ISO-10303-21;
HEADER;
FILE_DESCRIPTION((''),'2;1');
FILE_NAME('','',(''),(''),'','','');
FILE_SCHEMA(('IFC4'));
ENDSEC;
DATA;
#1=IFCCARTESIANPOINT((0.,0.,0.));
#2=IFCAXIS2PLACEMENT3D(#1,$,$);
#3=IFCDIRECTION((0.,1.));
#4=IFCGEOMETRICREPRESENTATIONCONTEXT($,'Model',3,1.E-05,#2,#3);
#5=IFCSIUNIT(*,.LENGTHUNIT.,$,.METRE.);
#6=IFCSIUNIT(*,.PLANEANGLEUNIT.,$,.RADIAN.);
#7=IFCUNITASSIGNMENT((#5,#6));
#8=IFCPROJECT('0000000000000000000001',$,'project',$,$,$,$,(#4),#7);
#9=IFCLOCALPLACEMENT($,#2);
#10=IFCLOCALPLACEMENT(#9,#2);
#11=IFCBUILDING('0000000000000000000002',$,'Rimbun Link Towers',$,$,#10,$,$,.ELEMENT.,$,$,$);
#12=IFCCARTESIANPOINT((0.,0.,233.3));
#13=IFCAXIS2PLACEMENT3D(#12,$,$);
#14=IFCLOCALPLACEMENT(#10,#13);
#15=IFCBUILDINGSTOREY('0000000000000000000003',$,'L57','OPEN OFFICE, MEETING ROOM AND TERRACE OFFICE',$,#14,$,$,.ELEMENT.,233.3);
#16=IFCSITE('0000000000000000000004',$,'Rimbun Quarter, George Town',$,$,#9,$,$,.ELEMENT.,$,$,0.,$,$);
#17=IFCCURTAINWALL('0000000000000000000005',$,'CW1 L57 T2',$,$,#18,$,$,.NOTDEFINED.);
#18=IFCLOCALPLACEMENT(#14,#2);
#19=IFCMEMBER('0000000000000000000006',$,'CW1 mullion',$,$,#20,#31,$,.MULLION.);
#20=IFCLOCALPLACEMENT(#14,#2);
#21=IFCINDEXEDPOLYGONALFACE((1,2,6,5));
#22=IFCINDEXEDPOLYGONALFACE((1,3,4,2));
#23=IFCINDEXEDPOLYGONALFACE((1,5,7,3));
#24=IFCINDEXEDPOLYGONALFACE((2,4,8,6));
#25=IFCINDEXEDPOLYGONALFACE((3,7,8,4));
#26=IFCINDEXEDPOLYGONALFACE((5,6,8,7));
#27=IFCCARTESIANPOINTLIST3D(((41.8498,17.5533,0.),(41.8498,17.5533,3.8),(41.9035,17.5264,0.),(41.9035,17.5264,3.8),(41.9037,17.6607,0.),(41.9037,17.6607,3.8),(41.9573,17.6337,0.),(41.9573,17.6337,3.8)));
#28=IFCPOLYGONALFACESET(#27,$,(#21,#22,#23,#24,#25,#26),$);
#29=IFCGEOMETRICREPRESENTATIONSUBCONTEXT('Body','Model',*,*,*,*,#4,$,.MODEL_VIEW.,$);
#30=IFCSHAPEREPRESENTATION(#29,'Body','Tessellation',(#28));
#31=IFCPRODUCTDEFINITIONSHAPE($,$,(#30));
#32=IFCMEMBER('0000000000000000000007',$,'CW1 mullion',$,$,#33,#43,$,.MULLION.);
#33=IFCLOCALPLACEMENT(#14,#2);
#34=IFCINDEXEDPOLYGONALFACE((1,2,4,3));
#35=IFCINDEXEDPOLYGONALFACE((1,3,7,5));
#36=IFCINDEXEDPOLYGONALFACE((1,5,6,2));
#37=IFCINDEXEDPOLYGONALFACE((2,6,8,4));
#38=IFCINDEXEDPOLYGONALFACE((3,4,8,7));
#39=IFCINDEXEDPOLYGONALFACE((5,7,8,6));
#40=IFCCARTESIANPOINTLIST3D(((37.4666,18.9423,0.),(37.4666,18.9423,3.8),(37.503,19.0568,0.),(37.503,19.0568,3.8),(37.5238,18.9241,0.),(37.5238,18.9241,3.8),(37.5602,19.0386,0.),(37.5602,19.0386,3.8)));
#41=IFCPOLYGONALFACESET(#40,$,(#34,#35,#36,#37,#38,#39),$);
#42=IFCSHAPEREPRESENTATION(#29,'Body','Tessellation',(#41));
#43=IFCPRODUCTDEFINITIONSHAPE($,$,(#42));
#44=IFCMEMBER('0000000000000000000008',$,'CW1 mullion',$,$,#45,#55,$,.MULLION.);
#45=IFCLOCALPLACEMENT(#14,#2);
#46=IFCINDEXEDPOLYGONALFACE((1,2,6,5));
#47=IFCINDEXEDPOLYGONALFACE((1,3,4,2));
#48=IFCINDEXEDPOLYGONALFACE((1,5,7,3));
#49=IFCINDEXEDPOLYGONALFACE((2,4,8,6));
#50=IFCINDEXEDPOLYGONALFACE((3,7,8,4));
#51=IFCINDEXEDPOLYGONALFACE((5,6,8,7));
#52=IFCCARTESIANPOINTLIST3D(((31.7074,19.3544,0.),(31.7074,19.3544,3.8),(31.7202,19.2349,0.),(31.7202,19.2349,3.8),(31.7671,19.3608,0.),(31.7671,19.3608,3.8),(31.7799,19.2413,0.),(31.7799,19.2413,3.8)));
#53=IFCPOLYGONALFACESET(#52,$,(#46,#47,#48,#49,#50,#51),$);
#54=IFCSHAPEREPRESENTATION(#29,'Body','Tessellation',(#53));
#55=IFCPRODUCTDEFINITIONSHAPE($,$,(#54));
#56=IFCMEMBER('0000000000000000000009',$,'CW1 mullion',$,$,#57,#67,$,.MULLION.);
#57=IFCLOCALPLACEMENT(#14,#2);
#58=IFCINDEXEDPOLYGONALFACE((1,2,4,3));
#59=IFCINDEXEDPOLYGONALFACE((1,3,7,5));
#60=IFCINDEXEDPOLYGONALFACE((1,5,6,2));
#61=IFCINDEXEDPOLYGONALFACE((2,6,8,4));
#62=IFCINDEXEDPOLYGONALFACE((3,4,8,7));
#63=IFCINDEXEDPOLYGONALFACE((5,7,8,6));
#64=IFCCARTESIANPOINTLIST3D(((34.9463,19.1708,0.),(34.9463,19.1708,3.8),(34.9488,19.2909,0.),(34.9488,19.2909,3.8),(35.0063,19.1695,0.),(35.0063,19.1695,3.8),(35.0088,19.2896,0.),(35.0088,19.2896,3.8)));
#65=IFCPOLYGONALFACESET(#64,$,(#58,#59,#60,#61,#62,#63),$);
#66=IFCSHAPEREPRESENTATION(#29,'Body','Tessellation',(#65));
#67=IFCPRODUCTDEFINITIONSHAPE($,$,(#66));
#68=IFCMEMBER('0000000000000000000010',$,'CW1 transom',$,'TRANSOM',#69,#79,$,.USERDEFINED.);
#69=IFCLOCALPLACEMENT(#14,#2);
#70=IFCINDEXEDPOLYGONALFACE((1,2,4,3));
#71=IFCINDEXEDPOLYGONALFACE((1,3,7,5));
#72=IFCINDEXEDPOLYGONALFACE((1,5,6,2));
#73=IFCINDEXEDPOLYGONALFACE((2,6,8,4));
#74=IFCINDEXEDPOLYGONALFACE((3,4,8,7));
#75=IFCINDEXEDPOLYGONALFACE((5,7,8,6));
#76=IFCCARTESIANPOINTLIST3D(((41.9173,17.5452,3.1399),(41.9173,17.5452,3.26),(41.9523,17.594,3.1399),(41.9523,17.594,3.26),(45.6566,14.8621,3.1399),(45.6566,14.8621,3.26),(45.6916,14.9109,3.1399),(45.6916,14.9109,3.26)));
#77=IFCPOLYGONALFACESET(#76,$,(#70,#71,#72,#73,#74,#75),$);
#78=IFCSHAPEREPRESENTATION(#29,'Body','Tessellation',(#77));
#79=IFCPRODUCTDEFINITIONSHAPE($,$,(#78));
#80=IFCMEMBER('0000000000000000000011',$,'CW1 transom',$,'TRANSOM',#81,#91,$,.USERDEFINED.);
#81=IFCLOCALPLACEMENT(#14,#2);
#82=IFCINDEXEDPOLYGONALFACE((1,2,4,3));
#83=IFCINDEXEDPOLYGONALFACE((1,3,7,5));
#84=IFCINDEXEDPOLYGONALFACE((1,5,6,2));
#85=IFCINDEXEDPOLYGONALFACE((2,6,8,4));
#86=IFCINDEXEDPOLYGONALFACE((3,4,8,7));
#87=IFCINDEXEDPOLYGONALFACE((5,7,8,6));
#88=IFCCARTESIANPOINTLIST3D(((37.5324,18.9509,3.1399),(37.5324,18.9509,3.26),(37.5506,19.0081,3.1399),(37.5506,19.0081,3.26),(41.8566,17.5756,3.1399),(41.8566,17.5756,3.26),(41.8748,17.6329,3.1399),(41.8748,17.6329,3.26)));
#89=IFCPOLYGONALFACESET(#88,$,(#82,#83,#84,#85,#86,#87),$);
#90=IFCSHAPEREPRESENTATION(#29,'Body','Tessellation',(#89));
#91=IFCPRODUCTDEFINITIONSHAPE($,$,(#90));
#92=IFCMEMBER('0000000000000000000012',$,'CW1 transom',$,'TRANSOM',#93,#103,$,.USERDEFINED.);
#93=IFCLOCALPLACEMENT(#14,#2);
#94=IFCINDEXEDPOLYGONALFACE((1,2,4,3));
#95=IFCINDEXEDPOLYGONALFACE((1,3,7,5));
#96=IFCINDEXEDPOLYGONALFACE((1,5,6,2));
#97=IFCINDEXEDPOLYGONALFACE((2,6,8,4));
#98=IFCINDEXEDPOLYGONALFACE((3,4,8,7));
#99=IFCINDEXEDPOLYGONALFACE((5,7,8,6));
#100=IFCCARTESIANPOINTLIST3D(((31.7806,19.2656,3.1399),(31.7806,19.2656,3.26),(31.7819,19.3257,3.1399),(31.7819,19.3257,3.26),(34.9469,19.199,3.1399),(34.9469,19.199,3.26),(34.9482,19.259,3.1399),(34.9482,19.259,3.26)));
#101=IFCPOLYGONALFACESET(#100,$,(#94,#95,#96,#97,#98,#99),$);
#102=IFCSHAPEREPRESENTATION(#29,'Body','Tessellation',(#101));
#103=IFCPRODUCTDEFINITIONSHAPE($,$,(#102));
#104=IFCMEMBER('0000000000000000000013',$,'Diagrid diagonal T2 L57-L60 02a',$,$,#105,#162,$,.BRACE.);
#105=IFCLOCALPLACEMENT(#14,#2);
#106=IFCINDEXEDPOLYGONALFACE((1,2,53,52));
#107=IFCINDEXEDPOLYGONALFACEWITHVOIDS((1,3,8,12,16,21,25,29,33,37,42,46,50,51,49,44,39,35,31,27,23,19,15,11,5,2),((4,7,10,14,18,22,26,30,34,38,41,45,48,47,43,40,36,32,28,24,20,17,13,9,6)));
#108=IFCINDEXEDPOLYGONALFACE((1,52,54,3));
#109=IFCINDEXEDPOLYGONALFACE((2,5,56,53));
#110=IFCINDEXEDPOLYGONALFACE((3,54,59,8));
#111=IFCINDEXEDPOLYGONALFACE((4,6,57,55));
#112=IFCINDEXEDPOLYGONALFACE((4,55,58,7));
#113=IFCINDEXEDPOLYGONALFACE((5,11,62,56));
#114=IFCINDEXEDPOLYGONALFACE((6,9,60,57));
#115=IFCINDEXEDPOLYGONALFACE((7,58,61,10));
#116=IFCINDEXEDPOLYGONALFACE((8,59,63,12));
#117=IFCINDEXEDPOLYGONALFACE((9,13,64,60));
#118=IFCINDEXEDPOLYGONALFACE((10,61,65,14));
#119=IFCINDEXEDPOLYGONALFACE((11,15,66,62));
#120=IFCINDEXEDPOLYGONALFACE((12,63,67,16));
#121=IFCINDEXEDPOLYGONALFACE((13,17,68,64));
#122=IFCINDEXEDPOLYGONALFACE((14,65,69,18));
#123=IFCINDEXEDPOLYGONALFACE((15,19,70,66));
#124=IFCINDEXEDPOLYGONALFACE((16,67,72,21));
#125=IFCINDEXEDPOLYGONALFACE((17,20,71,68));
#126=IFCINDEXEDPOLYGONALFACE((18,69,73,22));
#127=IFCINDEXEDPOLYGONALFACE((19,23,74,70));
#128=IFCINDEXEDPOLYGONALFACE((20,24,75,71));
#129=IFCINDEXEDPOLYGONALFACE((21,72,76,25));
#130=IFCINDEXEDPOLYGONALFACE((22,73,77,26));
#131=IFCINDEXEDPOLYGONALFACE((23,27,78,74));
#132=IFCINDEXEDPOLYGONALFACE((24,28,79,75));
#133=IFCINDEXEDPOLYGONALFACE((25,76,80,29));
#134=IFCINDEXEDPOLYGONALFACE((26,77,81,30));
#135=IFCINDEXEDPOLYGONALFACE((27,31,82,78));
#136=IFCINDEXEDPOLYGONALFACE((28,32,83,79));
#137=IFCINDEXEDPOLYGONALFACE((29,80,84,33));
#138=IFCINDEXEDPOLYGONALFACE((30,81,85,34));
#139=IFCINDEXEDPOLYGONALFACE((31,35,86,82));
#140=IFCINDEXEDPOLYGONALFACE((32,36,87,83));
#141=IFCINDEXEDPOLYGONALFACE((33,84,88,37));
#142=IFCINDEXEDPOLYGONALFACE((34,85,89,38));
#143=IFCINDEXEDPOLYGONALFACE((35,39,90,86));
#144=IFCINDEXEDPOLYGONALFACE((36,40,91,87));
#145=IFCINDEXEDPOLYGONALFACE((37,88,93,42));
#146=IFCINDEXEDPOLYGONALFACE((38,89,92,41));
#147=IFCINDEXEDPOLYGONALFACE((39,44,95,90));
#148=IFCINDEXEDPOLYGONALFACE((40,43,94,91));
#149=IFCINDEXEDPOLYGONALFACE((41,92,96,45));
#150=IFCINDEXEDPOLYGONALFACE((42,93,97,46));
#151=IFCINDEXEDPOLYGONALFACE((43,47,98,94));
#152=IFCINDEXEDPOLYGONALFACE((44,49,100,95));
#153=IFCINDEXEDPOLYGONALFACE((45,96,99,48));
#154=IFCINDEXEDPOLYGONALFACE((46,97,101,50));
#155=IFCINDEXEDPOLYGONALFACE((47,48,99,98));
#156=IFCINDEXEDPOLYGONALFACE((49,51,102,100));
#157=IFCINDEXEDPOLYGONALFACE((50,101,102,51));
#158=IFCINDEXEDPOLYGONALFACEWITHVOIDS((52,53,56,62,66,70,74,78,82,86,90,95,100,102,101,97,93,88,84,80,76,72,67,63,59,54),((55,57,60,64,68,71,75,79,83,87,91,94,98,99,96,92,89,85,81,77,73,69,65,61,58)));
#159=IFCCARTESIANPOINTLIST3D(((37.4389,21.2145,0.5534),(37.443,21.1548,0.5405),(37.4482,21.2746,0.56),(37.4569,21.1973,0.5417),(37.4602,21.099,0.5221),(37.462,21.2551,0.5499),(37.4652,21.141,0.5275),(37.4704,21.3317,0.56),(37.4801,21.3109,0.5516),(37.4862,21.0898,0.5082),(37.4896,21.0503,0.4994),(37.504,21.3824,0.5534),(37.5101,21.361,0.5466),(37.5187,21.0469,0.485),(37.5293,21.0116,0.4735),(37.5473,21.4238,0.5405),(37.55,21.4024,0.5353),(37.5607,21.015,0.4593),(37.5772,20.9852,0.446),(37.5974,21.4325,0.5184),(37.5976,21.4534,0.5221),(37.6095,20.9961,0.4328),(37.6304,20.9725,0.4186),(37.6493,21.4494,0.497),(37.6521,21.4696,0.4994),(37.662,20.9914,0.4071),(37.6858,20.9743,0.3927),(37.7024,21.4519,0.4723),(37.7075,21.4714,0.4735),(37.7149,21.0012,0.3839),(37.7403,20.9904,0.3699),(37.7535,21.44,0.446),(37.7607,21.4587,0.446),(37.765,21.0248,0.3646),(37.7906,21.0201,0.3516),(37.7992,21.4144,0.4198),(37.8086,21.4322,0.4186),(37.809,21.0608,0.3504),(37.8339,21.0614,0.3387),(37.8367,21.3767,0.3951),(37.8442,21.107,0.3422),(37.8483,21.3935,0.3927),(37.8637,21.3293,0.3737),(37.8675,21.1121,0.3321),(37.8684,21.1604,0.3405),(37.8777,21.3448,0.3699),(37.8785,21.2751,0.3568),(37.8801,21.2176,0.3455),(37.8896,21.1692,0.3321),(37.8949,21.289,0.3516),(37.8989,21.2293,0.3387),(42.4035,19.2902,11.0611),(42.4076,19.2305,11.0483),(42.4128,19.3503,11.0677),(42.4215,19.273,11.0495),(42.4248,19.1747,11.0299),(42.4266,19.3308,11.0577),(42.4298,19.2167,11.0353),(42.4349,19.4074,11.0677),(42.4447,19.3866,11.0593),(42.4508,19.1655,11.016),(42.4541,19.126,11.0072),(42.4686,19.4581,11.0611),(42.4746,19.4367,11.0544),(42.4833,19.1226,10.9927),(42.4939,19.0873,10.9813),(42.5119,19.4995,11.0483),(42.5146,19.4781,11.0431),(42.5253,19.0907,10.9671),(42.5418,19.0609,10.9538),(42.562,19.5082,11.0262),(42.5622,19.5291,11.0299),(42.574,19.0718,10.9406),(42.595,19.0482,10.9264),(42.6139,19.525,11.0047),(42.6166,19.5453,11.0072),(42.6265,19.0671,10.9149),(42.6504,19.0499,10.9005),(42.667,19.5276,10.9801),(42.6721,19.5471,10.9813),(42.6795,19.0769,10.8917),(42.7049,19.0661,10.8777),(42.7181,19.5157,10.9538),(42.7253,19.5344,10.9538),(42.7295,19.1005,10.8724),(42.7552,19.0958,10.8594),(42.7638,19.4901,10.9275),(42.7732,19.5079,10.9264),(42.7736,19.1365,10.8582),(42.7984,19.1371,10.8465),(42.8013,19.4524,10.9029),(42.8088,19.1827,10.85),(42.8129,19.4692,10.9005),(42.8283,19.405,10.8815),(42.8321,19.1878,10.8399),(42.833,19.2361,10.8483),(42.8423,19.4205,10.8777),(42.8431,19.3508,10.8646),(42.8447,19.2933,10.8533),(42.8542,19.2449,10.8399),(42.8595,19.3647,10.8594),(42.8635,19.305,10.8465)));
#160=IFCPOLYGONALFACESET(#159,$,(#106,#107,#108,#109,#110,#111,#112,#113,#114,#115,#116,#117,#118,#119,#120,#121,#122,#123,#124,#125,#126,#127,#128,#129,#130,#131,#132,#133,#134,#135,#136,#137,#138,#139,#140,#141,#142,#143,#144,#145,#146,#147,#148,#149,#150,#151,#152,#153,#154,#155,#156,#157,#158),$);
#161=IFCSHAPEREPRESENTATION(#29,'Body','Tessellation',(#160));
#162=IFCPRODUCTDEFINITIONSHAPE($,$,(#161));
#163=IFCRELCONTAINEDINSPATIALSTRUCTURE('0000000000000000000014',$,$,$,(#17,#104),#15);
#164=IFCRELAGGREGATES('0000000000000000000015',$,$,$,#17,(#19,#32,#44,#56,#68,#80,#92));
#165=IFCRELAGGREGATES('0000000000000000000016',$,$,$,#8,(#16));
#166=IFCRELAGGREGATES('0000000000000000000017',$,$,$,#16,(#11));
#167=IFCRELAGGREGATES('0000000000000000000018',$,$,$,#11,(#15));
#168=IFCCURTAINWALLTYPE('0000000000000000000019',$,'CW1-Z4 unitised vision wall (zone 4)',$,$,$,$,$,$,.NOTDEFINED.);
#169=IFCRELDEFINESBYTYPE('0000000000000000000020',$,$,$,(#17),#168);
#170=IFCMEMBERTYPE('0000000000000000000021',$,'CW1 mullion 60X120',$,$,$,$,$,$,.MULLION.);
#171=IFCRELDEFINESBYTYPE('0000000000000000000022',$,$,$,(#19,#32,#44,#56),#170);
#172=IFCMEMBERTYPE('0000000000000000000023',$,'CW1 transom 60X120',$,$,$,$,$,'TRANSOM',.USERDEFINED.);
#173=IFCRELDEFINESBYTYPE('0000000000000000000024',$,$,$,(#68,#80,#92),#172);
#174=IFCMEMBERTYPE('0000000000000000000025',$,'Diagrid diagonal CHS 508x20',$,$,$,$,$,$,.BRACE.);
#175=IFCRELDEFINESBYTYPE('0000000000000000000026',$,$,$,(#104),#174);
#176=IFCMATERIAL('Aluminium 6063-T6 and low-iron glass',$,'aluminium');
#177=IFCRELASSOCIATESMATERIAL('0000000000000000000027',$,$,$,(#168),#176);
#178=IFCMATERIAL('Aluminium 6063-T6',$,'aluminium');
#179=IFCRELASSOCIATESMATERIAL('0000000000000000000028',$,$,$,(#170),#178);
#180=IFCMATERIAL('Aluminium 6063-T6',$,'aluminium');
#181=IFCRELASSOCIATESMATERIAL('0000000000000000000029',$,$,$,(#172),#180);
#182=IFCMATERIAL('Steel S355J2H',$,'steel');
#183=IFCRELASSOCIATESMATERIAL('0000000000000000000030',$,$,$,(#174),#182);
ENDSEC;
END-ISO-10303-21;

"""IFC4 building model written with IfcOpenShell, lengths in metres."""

from ifc_helpers import new_model, si_unit, direction, frame, origin, origin_2d, place, context, subcontext, project, spatial, rectangle, hollow_circle, extrude, material, material_profile, profile_set, type_object, element, aggregate, save


model = new_model("IFC4")

# Units and contexts
model_context = context("Model", 3, precision=1e-05, world=origin(), true_north=direction((0.0, 1.0)))
body_context = subcontext(model_context, "Body", "Model", "MODEL_VIEW")
ifc_project = project(units=[si_unit("LENGTHUNIT", "METRE"), si_unit("PLANEANGLEUNIT", "RADIAN")], contexts=[model_context])

# Site, building, storey
site_placement = place(None, origin())
site = spatial("IfcSite", under=ifc_project, at=site_placement, Name="Rimbun Quarter, George Town", CompositionType="ELEMENT", RefElevation=0.0)
building_placement = place(site_placement, origin())
building = spatial("IfcBuilding", under=site, at=building_placement, Name="Rimbun Link Towers", CompositionType="ELEMENT")
storey_placement = place(building_placement, frame((0.0, 0.0, 233.3)))
storey = spatial("IfcBuildingStorey", under=building, at=storey_placement, Name="L57", Description="OPEN OFFICE, MEETING ROOM AND TERRACE OFFICE", CompositionType="ELEMENT", Elevation=233.3)

# Curtain wall, members
ifc_material_1 = material(Name="Aluminium 6063-T6 and low-iron glass", Category="aluminium")
curtain_wall_type = type_object("IfcCurtainWallType", Name="CW1-Z4 unitised vision wall (zone 4)", PredefinedType="NOTDEFINED", material=ifc_material_1)
curtain_wall_placement = place(storey_placement, origin())
curtain_wall = element("IfcCurtainWall", 1, at=curtain_wall_placement, inside=storey, type_object=curtain_wall_type, Name="CW1 L57 T2", PredefinedType="NOTDEFINED")
ifc_material_2 = material(Name="Aluminium 6063-T6", Category="aluminium")
ifc_material_profile_1 = material_profile(ifc_material_2, rectangle(XDim=0.1201, YDim=0.0601, at=origin_2d()), Name="MULLION 60X120")
ifc_profile_set_1 = profile_set([ifc_material_profile_1], Name="Aluminium 6063-T6")
member_type_1 = type_object("IfcMemberType", Name="CW1 mullion 60X120", PredefinedType="MULLION", material=ifc_profile_set_1)
member_1_placement = place(storey_placement, frame((41.9036, 17.5935, 0.0), z_axis=(0.0, 0.0, 1.0), x_axis=(0.448572, 0.893747, 0.0)))
member_1 = element("IfcMember", 2, at=member_1_placement, type_object=member_type_1, Name="CW1 mullion", PredefinedType="MULLION", context=body_context, shape_type="SweptSolid", body=[
    extrude(rectangle(XDim=0.1201, YDim=0.0601, at=origin_2d()), origin(), (0.0, 0.0, 1.0), 3.8),
])
member_2_placement = place(storey_placement, frame((37.5134, 18.9905, 0.0), z_axis=(0.0, 0.0, 1.0), x_axis=(0.303072, 0.952968, 0.0)))
member_2 = element("IfcMember", 3, at=member_2_placement, type_object=member_type_1, Name="CW1 mullion", PredefinedType="MULLION", context=body_context, shape_type="SweptSolid", body=[
    extrude(rectangle(XDim=0.1201, YDim=0.0601, at=origin_2d()), origin(), (0.0, 0.0, 1.0), 3.8),
])
member_3_placement = place(storey_placement, frame((31.7437, 19.2979, 0.0), z_axis=(0.0, 0.0, 1.0), x_axis=(-0.10664, 0.994298, 0.0)))
member_3 = element("IfcMember", 4, at=member_3_placement, type_object=member_type_1, Name="CW1 mullion", PredefinedType="MULLION", context=body_context, shape_type="SweptSolid", body=[
    extrude(rectangle(XDim=0.1201, YDim=0.0601, at=origin_2d()), origin(), (0.0, 0.0, 1.0), 3.8),
])
member_4_placement = place(storey_placement, frame((34.9775, 19.2302, 0.0), z_axis=(0.0, 0.0, 1.0), x_axis=(0.021065, 0.999778, 0.0)))
member_4 = element("IfcMember", 5, at=member_4_placement, type_object=member_type_1, Name="CW1 mullion", PredefinedType="MULLION", context=body_context, shape_type="SweptSolid", body=[
    extrude(rectangle(XDim=0.1201, YDim=0.0601, at=origin_2d()), origin(), (0.0, 0.0, 1.0), 3.8),
])
ifc_material_3 = material(Name="Aluminium 6063-T6", Category="aluminium")
ifc_material_profile_2 = material_profile(ifc_material_3, rectangle(XDim=0.0601, YDim=0.1201, at=origin_2d()), Name="TRANSOM 60X120")
ifc_profile_set_2 = profile_set([ifc_material_profile_2], Name="Aluminium 6063-T6")
member_type_2 = type_object("IfcMemberType", Name="CW1 transom 60X120", ElementType="TRANSOM", PredefinedType="USERDEFINED", material=ifc_profile_set_2)
member_5_placement = place(storey_placement, frame((41.9348, 17.5696, 3.2), z_axis=(0.812477, -0.582993, 0.0), x_axis=(0.582993, 0.812477, 0.0)))
member_5 = element("IfcMember", 6, at=member_5_placement, type_object=member_type_2, Name="CW1 transom", ObjectType="TRANSOM", PredefinedType="USERDEFINED", context=body_context, shape_type="SweptSolid", body=[
    extrude(rectangle(XDim=0.0601, YDim=0.1201, at=origin_2d()), origin(), (0.0, 0.0, 1.0), 4.6023),
])
member_6_placement = place(storey_placement, frame((37.5415, 18.9795, 3.2), z_axis=(0.952967, -0.303075, 0.0), x_axis=(0.303075, 0.952967, 0.0)))
member_6 = element("IfcMember", 7, at=member_6_placement, type_object=member_type_2, Name="CW1 transom", ObjectType="TRANSOM", PredefinedType="USERDEFINED", context=body_context, shape_type="SweptSolid", body=[
    extrude(rectangle(XDim=0.0601, YDim=0.1201, at=origin_2d()), origin(), (0.0, 0.0, 1.0), 4.5376),
])
member_7_placement = place(storey_placement, frame((31.7812, 19.2957, 3.2), z_axis=(0.999779, -0.021046, 0.0), x_axis=(0.021046, 0.999779, 0.0)))
member_7 = element("IfcMember", 8, at=member_7_placement, type_object=member_type_2, Name="CW1 transom", ObjectType="TRANSOM", PredefinedType="USERDEFINED", context=body_context, shape_type="SweptSolid", body=[
    extrude(rectangle(XDim=0.0601, YDim=0.1201, at=origin_2d()), origin(), (0.0, 0.0, 1.0), 3.167),
])

# Member
ifc_material_4 = material(Name="Steel S355J2H", Category="steel")
ifc_material_profile_3 = material_profile(ifc_material_4, hollow_circle(Radius=0.2539, WallThickness=0.02, at=origin_2d()), Name="Diagrid diagonal CHS 508x20")
ifc_profile_set_3 = profile_set([ifc_material_profile_3], Name="Steel S355J2H")
member_type_3 = type_object("IfcMemberType", Name="Diagrid diagonal CHS 508x20", PredefinedType="BRACE", material=ifc_profile_set_3)
member_8_placement = place(storey_placement, frame((37.6689, 21.2219, 0.446), z_axis=(0.421449, -0.163357, 0.892017), x_axis=(0.361408, 0.932408, 0.0)))
element("IfcMember", 9, at=member_8_placement, inside=storey, type_object=member_type_3, Name="Diagrid diagonal T2 L57-L60 02a", PredefinedType="BRACE", context=body_context, shape_type="SweptSolid", body=[
    extrude(hollow_circle(Radius=0.2539, WallThickness=0.02, at=origin_2d()), origin(), (0.0, 0.0, 1.0), 11.7798),
])

aggregate(curtain_wall, [member_1, member_2, member_3, member_4, member_5, member_6, member_7])

save(model, "model.ifc")
